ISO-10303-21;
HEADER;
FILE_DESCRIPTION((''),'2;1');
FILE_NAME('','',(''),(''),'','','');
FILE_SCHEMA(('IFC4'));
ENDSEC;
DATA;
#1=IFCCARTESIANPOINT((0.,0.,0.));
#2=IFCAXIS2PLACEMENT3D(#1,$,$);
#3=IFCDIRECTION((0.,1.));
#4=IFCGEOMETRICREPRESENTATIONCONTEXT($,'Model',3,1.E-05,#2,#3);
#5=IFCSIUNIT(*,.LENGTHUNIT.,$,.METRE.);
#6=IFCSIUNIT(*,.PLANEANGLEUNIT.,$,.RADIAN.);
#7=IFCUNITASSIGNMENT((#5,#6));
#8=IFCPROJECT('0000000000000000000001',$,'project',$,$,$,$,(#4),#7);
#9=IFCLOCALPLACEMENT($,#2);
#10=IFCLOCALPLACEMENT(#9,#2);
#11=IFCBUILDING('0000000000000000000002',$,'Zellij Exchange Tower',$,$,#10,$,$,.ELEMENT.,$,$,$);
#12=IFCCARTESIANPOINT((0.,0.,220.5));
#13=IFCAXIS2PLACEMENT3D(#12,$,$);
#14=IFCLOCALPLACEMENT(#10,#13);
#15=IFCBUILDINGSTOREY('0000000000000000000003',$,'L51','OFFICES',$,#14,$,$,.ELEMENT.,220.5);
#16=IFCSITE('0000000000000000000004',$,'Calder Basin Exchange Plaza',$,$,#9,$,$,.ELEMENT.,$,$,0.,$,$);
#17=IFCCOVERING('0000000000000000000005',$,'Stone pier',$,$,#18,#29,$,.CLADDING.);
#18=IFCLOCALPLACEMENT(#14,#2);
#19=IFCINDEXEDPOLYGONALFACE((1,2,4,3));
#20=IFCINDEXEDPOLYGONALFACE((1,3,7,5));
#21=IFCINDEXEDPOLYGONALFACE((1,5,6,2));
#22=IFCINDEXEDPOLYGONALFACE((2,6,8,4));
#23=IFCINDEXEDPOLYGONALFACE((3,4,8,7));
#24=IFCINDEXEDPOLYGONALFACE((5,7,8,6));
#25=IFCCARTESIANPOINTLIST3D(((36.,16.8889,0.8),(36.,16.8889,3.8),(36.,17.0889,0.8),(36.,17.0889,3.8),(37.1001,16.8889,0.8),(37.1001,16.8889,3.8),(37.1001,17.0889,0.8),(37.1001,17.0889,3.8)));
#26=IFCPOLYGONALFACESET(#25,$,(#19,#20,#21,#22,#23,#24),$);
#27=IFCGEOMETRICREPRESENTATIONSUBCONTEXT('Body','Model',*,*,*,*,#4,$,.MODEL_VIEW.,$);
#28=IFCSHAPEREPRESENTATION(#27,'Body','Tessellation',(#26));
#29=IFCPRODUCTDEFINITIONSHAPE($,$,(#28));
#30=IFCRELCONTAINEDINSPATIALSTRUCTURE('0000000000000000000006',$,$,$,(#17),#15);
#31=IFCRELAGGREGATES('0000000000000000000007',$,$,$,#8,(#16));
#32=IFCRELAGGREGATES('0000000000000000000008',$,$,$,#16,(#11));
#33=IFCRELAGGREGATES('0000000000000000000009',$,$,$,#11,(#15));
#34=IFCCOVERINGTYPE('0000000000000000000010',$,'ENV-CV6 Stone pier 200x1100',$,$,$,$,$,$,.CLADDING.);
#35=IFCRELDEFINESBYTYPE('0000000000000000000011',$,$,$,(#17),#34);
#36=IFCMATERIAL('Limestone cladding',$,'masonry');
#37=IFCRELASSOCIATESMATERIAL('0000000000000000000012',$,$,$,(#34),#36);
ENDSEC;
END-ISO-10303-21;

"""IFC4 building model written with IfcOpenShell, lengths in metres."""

from ifc_helpers import new_model, si_unit, direction, frame, origin, place, context, subcontext, project, spatial, polyline, outline, extrude, material, type_object, element, save


model = new_model("IFC4")

# Units and contexts
model_context = context("Model", 3, precision=1e-05, world=origin(), true_north=direction((0.0, 1.0)))
body_context = subcontext(model_context, "Body", "Model", "MODEL_VIEW")
ifc_project = project(units=[si_unit("LENGTHUNIT", "METRE"), si_unit("PLANEANGLEUNIT", "RADIAN")], contexts=[model_context])

# Site, building, storey
site_placement = place(None, origin())
site = spatial("IfcSite", under=ifc_project, at=site_placement, Name="Calder Basin Exchange Plaza", CompositionType="ELEMENT", RefElevation=0.0)
building_placement = place(site_placement, origin())
building = spatial("IfcBuilding", under=site, at=building_placement, Name="Zellij Exchange Tower", CompositionType="ELEMENT")
storey_placement = place(building_placement, frame((0.0, 0.0, 220.5)))
storey = spatial("IfcBuildingStorey", under=building, at=storey_placement, Name="L51", Description="OFFICES", CompositionType="ELEMENT", Elevation=220.5)

# Covering
ifc_material_1 = material(Name="Limestone cladding", Category="masonry")
covering_type = type_object("IfcCoveringType", Name="ENV-CV6 Stone pier 200x1100", PredefinedType="CLADDING", material=ifc_material_1)
covering_1_placement = place(storey_placement, frame((0.0, 0.0, 0.8)))
element("IfcCovering", 1, at=covering_1_placement, inside=storey, type_object=covering_type, Name="Stone pier", PredefinedType="CLADDING", context=body_context, shape_type="SweptSolid", body=[
    extrude(outline(polyline([(36.0, 16.8889), (36.0, 17.0889), (37.1001, 17.0889), (37.1001, 16.8889), (36.0, 16.8889)])), origin(), (0.0, 0.0, 1.0), 3.0),
])

save(model, "model.ifc")
